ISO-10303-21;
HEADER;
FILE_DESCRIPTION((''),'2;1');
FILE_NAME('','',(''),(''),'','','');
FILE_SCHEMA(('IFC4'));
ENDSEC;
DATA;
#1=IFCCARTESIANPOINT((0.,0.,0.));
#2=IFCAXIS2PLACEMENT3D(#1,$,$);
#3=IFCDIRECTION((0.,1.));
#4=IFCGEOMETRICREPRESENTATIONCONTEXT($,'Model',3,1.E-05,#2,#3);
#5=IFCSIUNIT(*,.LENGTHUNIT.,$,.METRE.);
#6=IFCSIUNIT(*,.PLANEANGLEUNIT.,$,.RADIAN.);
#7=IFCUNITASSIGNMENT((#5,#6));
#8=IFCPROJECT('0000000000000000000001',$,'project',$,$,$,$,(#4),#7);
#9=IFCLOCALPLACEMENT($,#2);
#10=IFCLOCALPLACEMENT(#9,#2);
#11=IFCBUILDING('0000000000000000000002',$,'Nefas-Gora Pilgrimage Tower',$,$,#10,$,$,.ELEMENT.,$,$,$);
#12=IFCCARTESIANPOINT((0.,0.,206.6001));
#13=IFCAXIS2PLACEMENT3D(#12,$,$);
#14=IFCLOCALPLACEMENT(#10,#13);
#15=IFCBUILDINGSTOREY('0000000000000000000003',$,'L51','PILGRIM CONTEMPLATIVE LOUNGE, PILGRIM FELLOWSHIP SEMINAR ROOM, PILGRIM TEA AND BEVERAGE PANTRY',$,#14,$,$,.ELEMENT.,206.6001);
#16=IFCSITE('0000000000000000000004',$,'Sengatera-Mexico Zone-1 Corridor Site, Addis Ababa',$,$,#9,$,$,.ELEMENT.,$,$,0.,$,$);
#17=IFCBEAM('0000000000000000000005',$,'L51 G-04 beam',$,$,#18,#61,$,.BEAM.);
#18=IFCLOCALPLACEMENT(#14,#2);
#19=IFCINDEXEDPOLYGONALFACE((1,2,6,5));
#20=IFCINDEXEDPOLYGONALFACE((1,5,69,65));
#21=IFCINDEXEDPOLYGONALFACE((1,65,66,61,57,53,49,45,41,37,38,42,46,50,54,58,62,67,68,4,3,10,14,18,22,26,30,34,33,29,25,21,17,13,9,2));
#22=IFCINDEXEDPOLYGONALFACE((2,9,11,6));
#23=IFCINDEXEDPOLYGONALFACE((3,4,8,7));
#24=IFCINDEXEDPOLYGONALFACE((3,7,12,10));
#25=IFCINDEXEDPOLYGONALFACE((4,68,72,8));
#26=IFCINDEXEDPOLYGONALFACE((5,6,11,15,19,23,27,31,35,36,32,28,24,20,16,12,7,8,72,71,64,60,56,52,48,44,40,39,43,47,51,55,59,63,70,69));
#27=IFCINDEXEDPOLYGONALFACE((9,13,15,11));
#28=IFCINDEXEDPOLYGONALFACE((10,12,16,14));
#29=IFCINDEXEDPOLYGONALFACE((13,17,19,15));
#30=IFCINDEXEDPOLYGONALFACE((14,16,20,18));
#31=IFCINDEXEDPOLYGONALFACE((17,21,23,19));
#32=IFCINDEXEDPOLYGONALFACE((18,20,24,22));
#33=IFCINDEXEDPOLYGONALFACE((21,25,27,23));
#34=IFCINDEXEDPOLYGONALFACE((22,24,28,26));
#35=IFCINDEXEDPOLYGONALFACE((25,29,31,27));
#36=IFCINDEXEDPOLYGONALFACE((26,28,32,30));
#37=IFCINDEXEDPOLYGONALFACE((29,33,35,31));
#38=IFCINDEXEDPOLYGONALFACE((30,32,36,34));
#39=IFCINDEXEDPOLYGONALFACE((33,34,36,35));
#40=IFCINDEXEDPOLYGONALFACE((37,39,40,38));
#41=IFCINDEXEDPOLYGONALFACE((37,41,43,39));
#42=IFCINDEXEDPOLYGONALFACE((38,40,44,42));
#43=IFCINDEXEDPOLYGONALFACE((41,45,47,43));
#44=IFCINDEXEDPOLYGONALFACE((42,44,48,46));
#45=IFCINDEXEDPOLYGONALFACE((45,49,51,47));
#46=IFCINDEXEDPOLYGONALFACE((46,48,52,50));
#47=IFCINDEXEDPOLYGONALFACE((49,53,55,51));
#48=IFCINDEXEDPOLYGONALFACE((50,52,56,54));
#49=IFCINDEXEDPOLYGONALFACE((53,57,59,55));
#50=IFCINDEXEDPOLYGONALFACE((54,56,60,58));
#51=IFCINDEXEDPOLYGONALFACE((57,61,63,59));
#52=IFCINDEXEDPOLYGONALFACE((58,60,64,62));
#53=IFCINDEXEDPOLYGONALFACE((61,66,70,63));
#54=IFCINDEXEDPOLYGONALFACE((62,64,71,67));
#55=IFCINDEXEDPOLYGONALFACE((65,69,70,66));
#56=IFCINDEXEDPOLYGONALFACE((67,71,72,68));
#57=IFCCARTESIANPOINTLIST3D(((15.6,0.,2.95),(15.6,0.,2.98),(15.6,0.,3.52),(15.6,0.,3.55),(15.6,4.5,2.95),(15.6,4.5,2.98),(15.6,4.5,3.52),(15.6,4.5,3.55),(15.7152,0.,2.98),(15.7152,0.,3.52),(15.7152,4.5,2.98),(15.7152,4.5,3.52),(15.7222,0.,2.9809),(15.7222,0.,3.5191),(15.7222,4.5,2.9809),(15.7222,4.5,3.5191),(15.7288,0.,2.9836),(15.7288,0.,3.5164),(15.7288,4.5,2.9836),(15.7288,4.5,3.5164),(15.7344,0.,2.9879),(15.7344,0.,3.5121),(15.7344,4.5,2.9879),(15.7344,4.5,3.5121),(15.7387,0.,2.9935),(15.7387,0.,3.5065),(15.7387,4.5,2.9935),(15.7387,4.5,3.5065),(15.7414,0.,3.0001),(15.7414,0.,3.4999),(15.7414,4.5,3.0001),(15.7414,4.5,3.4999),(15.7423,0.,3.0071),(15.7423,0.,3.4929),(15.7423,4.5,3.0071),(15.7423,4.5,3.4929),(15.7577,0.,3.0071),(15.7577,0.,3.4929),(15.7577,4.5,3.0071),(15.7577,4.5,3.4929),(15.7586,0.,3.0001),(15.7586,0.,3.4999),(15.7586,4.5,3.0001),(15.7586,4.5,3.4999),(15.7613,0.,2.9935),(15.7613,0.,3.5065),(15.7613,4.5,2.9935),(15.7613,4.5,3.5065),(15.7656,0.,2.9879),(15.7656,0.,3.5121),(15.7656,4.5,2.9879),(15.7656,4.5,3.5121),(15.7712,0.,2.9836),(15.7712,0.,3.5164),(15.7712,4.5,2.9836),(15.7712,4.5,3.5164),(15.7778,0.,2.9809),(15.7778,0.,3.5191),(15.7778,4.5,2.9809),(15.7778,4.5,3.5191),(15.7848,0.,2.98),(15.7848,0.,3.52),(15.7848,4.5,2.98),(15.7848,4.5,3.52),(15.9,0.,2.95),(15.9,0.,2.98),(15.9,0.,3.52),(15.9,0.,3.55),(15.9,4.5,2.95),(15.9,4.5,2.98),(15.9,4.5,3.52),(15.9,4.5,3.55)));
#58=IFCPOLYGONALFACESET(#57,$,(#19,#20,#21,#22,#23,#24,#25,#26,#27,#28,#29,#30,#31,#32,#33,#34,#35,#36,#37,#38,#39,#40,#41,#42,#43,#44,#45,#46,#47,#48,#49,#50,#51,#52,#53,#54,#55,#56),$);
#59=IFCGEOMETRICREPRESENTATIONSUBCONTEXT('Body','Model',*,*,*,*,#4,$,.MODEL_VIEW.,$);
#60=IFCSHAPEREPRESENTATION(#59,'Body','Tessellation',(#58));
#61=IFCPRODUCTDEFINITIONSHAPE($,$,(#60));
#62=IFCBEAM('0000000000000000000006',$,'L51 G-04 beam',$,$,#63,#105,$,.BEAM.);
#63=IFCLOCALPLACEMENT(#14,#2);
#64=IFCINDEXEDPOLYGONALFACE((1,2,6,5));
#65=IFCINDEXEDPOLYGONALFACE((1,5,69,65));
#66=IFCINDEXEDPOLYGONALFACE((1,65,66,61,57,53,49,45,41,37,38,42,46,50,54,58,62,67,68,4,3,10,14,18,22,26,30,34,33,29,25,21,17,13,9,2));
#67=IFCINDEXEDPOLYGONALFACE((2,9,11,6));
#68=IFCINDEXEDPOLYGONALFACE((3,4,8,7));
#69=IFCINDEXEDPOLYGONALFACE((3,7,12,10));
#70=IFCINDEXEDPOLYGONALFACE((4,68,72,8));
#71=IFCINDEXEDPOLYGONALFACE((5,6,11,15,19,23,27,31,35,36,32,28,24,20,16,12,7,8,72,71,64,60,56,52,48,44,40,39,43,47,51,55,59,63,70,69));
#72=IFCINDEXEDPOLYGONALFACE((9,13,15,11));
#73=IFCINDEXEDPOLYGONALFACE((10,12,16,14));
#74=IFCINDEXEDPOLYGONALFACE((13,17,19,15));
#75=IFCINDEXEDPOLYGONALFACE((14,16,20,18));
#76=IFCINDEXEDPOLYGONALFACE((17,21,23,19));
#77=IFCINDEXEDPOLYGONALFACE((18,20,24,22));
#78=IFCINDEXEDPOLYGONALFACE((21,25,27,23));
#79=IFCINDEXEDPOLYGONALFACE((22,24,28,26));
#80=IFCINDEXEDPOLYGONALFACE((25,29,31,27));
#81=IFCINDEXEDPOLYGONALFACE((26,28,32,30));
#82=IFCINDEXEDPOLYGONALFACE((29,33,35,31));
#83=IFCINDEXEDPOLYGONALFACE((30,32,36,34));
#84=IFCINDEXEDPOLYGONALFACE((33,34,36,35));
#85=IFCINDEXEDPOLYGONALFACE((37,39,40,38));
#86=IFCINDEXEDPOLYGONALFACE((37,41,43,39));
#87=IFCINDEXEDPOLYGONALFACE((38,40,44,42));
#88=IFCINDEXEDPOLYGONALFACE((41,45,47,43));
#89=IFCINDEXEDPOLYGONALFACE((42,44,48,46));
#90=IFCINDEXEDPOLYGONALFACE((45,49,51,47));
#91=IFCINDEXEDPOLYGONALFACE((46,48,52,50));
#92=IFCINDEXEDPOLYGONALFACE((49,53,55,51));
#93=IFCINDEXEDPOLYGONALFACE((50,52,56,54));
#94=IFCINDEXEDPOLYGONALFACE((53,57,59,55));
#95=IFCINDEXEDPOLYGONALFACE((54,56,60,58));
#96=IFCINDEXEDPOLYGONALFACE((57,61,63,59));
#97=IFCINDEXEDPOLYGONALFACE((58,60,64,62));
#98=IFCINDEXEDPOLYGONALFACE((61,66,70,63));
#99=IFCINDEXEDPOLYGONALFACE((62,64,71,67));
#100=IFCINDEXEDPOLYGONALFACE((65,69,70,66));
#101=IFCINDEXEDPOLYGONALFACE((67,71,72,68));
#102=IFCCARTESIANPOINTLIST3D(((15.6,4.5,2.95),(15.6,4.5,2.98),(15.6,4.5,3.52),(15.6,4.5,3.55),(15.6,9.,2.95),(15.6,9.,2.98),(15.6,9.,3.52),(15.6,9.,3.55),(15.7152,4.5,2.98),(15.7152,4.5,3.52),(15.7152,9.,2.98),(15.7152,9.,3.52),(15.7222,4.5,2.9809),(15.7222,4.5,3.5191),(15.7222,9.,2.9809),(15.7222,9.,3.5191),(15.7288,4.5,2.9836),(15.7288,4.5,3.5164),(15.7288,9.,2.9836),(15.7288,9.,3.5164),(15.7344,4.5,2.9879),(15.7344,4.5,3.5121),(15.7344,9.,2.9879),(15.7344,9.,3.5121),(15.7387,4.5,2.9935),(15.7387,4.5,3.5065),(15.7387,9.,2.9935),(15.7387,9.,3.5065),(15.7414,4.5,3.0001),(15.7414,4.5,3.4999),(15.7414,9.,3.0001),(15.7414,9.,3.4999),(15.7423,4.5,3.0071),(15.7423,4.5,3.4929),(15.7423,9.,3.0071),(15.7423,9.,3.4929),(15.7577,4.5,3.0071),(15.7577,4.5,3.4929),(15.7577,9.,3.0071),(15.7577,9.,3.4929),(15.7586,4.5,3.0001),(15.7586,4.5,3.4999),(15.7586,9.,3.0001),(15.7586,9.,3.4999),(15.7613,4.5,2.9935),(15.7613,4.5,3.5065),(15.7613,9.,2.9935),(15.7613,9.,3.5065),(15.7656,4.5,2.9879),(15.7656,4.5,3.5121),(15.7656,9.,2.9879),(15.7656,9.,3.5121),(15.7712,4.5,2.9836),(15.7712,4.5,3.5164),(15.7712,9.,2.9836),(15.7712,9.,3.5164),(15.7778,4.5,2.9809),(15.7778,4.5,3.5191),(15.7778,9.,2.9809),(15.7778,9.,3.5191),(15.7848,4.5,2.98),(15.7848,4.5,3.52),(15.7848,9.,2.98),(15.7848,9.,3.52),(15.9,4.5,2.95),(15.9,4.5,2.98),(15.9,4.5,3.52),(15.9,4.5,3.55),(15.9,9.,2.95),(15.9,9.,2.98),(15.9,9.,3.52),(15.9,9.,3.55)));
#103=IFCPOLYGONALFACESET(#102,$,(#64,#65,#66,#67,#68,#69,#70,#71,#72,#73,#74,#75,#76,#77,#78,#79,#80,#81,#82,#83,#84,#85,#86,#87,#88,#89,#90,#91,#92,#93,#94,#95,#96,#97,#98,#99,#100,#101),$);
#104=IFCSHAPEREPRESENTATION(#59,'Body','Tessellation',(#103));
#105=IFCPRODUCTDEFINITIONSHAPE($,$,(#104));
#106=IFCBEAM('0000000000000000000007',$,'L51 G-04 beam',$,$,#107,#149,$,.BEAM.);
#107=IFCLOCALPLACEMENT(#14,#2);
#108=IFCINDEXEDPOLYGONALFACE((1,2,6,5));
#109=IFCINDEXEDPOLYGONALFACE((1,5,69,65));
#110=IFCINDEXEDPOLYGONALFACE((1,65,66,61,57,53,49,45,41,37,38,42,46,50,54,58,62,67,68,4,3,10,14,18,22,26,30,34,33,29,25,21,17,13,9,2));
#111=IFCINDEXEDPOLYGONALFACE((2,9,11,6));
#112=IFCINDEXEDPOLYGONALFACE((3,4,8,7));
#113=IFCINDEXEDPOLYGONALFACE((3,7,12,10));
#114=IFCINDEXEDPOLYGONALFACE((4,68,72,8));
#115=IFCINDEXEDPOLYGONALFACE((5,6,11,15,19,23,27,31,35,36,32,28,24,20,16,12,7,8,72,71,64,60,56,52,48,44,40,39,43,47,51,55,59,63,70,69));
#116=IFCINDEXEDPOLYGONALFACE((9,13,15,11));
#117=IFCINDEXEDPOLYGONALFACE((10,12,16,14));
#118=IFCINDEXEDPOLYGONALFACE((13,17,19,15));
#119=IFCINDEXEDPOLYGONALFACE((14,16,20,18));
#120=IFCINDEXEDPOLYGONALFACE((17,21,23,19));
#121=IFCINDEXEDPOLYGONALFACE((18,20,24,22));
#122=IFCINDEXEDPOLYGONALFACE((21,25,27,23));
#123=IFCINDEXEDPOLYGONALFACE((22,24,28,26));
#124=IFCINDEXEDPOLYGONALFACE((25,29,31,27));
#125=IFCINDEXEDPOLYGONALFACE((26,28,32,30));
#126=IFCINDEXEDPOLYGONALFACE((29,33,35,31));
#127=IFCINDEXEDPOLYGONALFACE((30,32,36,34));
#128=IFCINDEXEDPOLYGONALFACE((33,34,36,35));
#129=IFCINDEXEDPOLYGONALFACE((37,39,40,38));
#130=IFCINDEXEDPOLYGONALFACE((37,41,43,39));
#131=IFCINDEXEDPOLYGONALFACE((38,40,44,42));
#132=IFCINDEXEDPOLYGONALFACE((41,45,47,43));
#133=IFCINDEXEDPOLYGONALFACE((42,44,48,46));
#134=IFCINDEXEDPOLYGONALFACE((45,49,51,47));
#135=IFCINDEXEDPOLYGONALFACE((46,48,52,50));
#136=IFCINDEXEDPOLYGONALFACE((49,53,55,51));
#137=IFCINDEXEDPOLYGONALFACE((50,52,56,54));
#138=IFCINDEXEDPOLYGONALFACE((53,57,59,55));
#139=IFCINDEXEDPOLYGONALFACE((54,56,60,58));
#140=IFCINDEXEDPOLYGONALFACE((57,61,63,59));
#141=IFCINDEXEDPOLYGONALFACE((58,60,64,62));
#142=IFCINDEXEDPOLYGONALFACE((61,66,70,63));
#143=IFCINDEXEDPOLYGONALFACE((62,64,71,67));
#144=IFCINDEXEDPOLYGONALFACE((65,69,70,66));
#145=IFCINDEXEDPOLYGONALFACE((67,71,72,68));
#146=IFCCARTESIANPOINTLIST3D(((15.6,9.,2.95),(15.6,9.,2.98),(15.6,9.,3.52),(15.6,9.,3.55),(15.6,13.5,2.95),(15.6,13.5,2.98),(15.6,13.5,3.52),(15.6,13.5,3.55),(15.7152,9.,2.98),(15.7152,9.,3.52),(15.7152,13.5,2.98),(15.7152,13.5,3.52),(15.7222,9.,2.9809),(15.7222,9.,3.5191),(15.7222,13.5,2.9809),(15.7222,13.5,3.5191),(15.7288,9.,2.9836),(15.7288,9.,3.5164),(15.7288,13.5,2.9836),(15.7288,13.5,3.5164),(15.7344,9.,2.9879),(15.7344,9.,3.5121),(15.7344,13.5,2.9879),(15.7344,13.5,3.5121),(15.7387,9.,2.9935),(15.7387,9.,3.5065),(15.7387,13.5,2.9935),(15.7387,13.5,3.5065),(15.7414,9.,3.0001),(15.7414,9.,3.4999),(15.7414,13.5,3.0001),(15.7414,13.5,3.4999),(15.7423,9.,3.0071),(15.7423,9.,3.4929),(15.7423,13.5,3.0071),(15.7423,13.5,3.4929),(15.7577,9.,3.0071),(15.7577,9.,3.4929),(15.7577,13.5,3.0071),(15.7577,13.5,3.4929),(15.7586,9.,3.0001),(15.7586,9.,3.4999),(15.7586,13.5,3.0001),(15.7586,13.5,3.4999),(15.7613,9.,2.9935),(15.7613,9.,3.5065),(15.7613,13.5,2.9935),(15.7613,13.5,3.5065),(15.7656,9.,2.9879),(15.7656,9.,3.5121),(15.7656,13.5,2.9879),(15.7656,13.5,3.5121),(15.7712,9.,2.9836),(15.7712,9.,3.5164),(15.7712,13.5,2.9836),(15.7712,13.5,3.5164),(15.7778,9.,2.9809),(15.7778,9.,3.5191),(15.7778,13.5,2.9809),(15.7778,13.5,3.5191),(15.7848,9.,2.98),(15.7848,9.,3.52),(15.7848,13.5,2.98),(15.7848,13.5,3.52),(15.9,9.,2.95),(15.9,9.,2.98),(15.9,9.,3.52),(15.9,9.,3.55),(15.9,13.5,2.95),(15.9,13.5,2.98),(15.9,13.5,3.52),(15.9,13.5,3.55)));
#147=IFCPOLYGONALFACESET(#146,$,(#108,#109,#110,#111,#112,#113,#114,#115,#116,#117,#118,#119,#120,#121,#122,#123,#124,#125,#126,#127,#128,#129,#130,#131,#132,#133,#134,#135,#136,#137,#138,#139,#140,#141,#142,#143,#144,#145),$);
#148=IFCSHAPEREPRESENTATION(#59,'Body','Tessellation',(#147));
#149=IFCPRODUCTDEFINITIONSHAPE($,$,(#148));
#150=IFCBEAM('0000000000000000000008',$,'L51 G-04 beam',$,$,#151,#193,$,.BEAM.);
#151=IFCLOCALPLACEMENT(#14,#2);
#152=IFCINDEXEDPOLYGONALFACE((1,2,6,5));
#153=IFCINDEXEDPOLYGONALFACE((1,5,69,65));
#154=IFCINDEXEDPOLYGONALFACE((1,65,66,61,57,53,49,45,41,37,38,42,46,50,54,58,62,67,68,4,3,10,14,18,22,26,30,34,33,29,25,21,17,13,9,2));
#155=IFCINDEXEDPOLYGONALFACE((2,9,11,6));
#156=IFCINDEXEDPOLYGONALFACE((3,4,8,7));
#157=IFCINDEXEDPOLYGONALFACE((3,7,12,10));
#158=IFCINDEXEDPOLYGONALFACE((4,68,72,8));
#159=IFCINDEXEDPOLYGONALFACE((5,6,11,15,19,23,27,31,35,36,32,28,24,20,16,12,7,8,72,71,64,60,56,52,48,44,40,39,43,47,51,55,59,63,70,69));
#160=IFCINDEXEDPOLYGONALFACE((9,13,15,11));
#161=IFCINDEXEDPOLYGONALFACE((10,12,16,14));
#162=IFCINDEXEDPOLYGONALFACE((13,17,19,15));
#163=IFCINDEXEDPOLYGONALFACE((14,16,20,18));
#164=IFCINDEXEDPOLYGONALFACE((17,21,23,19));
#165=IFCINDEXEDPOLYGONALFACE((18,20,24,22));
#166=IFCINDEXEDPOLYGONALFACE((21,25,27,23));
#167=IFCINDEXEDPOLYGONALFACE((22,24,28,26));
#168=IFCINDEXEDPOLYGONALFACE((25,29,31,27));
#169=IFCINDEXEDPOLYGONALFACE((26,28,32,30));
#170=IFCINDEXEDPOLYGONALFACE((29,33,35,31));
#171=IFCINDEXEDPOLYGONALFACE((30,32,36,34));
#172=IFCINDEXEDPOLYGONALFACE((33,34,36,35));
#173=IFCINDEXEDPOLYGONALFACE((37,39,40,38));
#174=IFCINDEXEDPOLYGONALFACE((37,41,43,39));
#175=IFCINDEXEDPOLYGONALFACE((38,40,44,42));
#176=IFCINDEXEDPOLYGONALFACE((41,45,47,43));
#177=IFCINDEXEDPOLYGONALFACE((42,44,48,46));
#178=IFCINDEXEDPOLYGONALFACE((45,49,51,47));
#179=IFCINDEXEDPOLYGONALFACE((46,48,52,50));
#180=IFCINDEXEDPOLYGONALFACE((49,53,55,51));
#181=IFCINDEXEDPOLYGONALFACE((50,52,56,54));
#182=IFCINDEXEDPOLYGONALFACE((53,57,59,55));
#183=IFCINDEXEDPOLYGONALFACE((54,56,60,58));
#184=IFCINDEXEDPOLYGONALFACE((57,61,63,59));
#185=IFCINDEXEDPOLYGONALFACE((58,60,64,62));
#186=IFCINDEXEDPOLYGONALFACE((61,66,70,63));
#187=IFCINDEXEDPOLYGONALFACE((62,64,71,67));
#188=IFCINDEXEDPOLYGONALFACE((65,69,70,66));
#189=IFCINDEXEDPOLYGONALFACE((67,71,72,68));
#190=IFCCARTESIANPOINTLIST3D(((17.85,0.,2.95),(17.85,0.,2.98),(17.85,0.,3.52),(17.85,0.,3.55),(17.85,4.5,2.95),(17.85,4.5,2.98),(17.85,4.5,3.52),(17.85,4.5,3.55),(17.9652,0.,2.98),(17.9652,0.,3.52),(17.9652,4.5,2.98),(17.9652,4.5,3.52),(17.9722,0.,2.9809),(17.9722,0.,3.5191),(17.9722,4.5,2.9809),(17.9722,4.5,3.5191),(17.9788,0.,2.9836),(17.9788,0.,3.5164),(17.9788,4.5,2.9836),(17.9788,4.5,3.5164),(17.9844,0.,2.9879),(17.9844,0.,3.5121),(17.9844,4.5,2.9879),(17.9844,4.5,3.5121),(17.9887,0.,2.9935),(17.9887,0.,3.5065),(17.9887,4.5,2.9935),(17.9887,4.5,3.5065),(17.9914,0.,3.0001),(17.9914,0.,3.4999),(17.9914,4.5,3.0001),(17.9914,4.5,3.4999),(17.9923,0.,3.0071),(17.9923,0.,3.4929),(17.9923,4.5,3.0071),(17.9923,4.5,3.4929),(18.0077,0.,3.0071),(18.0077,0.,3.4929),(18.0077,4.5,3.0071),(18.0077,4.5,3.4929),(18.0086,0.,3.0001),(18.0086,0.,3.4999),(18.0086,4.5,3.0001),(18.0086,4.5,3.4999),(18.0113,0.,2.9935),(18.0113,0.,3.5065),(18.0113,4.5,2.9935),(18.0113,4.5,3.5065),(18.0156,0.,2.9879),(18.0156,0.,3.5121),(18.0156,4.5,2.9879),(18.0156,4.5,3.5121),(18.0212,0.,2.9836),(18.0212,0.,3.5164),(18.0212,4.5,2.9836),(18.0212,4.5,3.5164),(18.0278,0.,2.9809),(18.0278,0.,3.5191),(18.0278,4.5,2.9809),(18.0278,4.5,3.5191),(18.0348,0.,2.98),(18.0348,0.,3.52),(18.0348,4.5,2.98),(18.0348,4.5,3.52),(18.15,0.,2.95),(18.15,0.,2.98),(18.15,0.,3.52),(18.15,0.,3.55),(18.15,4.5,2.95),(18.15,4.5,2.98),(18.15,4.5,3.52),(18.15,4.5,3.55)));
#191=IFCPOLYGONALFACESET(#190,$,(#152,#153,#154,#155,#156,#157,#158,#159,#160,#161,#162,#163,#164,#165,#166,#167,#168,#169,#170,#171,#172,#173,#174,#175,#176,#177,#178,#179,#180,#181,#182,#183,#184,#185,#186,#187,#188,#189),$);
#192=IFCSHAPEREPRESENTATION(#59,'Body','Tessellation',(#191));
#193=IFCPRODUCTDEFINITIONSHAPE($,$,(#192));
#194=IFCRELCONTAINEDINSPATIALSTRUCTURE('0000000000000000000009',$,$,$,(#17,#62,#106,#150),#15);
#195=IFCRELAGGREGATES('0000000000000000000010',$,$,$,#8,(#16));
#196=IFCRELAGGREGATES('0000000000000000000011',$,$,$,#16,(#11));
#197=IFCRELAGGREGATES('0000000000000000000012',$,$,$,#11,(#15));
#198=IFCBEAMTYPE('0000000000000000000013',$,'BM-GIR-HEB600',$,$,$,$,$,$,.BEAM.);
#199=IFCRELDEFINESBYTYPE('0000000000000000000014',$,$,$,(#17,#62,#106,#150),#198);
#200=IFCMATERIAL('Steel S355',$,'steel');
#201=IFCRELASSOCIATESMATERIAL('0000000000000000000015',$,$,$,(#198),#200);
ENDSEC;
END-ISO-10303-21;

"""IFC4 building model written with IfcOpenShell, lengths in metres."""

from ifc_helpers import new_model, si_unit, direction, frame, origin, origin_2d, place, context, subcontext, project, spatial, i_section, extrude, source, transform, mapped, material, material_profile, profile_set, type_object, element, save


model = new_model("IFC4")

# Units and contexts
model_context = context("Model", 3, precision=1e-05, world=origin(), true_north=direction((0.0, 1.0)))
body_context = subcontext(model_context, "Body", "Model", "MODEL_VIEW")
ifc_project = project(units=[si_unit("LENGTHUNIT", "METRE"), si_unit("PLANEANGLEUNIT", "RADIAN")], contexts=[model_context])

# Site, building, storey
site_placement = place(None, origin())
site = spatial("IfcSite", under=ifc_project, at=site_placement, Name="Sengatera-Mexico Zone-1 Corridor Site, Addis Ababa", CompositionType="ELEMENT", RefElevation=0.0)
building_placement = place(site_placement, origin())
building = spatial("IfcBuilding", under=site, at=building_placement, Name="Nefas-Gora Pilgrimage Tower", CompositionType="ELEMENT")
storey_placement = place(building_placement, frame((0.0, 0.0, 206.6001)))
storey = spatial("IfcBuildingStorey", under=building, at=storey_placement, Name="L51", Description="PILGRIM CONTEMPLATIVE LOUNGE, PILGRIM FELLOWSHIP SEMINAR ROOM, PILGRIM TEA AND BEVERAGE PANTRY", CompositionType="ELEMENT", Elevation=206.6001)

# Beams
ifc_material_1 = material(Name="Steel S355", Category="steel")
ifc_material_profile_1 = material_profile(ifc_material_1, i_section(OverallWidth=0.3, OverallDepth=0.6001, WebThickness=0.0154, FlangeThickness=0.03, FilletRadius=0.0271, at=origin_2d()), Name="HEB 600")
ifc_profile_set_1 = profile_set([ifc_material_profile_1], Name="Steel S355")
beam_type_1 = type_object("IfcBeamType", Name="BM-GIR-HEB600", PredefinedType="BEAM", material=ifc_profile_set_1)
shared_shape_1 = source(origin(), body_context, "Body", "SweptSolid", [
    extrude(i_section(OverallWidth=0.3, OverallDepth=0.6001, WebThickness=0.0154, FlangeThickness=0.03, FilletRadius=0.0271, at=origin_2d()), origin(), (0.0, 0.0, 1.0), 4.5),
])
for number, where, z_axis, x_axis, name in (
    (1, (15.75, 0.0, 3.25), (0.0, 1.0, 0.0), (-1.0, 0.0, 0.0), "L51 G-04 beam"),
    (2, (15.75, 4.5, 3.25), (0.0, 1.0, 0.0), (-1.0, 0.0, 0.0), "L51 G-04 beam"),
    (3, (15.75, 9.0, 3.25), (0.0, 1.0, 0.0), (-1.0, 0.0, 0.0), "L51 G-04 beam"),
    (4, (18.0, 0.0, 3.25), (0.0, 1.0, 0.0), (-1.0, 0.0, 0.0), "L51 G-04 beam"),
):
    element("IfcBeam", number, at=place(storey_placement, frame(where, z_axis=z_axis, x_axis=x_axis)), inside=storey, type_object=beam_type_1, Name=name, PredefinedType="BEAM", context=body_context, shape_type="MappedRepresentation", body=[
        mapped(shared_shape_1, transform((0.0, 0.0, 0.0), x_axis=(1.0, 0.0, 0.0), y_axis=(0.0, 1.0, 0.0), z_axis=(0.0, 0.0, 1.0), scale=1.0)),
    ])

save(model, "model.ifc")
